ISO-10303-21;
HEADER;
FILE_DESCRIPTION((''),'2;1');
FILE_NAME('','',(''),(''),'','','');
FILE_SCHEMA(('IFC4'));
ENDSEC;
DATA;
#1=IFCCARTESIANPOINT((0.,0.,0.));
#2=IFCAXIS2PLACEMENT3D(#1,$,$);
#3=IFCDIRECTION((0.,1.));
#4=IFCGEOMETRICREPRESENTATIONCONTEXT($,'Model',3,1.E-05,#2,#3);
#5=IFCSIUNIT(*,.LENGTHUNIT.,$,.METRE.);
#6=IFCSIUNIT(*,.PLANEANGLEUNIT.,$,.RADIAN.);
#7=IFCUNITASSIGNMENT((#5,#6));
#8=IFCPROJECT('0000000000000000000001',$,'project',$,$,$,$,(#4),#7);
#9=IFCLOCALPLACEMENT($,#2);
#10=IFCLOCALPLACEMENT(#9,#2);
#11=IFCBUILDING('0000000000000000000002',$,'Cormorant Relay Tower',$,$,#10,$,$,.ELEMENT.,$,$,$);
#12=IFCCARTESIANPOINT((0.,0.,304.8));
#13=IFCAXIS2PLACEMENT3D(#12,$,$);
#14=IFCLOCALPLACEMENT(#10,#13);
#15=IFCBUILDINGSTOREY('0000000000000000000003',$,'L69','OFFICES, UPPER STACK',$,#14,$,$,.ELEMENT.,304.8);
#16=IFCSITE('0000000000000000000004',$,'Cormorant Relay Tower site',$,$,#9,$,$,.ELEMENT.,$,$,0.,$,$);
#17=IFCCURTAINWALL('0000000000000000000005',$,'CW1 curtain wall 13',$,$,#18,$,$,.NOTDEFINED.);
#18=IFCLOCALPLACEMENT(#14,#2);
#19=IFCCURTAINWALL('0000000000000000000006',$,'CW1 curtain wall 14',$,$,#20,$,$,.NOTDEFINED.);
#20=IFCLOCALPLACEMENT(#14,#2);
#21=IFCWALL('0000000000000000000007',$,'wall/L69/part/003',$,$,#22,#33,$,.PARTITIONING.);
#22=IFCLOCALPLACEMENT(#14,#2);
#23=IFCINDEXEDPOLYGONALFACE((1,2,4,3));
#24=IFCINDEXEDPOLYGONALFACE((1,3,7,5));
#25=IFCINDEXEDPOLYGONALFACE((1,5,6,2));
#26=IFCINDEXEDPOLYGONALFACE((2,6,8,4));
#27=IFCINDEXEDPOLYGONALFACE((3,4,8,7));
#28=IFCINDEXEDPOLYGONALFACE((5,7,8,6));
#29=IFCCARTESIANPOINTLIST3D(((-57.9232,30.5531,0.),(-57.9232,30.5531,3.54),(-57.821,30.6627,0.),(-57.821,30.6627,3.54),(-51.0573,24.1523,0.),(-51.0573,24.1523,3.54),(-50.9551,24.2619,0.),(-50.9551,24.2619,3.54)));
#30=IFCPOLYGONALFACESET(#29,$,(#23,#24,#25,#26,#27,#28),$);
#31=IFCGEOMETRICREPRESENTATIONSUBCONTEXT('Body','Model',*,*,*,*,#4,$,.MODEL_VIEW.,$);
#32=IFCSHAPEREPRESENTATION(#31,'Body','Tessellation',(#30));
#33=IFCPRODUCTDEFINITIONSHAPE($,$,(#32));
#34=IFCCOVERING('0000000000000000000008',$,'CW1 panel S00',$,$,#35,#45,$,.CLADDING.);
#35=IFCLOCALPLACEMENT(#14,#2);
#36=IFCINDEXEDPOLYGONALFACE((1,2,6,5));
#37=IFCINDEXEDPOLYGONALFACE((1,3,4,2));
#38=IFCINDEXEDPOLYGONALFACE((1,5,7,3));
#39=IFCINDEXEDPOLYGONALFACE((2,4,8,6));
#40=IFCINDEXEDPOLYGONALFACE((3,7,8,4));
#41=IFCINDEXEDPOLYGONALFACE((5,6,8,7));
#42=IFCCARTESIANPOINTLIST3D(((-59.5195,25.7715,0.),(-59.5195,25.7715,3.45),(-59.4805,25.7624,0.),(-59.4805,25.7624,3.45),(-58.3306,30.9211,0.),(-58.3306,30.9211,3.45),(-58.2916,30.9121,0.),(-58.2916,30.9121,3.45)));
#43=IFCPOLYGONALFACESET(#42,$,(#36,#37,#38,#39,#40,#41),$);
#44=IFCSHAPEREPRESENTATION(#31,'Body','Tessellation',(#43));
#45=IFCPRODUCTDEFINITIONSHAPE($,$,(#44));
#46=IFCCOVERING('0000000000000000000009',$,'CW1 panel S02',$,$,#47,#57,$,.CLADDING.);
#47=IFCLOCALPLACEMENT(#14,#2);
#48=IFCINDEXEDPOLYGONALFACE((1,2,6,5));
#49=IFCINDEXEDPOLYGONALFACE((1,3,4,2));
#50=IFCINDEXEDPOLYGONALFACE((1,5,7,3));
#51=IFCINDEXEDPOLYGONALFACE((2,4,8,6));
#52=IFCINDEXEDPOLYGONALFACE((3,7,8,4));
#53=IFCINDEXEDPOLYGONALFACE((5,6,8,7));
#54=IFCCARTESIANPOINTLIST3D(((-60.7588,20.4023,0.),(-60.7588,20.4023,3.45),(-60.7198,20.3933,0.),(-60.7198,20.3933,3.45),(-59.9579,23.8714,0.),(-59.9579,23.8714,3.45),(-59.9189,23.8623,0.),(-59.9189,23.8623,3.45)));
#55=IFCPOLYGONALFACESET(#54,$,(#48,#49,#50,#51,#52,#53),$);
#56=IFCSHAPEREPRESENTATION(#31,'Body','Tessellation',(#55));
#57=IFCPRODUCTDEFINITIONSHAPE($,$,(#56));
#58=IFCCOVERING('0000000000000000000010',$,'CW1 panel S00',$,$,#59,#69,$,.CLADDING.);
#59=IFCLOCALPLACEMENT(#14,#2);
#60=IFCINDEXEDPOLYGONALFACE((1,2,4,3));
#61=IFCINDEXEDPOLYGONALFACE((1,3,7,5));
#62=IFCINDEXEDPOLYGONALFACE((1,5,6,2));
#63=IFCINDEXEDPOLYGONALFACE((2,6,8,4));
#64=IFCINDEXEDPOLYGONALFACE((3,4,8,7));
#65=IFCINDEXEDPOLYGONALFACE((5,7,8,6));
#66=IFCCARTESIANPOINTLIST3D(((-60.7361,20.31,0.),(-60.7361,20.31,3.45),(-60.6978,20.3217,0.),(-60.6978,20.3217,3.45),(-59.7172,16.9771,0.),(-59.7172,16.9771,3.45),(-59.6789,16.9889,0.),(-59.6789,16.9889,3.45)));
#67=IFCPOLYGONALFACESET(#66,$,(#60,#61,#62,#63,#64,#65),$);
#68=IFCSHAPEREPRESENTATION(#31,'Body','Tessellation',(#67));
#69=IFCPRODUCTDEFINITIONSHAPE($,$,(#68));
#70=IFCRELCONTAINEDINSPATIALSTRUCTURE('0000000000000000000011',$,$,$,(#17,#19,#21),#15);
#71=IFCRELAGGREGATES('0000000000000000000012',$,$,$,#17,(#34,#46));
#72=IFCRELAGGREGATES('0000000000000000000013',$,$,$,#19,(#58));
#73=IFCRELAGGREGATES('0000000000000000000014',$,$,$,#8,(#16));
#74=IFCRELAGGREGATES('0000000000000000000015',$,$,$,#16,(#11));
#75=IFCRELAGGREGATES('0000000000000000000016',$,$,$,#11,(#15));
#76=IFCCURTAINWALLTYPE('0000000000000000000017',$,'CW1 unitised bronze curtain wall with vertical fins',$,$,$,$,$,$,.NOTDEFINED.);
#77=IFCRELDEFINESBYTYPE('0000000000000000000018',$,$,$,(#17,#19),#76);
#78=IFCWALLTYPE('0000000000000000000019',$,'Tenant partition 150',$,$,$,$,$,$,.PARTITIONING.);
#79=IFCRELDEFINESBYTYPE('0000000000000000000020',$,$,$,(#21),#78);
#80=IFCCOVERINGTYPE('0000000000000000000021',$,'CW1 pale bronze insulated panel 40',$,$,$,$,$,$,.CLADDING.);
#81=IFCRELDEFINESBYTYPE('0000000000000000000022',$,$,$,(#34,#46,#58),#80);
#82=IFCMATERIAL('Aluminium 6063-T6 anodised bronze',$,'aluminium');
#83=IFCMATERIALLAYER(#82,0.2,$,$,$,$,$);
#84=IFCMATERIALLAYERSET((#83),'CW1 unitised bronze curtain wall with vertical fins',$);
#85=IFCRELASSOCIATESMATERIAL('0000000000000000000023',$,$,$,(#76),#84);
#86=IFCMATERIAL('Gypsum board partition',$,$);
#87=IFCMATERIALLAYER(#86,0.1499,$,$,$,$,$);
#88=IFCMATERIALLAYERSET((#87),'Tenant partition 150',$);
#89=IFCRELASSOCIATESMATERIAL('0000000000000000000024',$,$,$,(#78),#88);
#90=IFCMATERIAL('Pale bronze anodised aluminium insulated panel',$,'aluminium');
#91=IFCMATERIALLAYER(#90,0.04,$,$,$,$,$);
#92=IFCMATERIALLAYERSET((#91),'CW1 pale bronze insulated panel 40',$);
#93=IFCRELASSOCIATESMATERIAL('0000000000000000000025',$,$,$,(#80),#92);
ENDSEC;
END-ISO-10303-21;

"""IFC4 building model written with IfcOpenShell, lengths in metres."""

from ifc_helpers import new_model, si_unit, direction, frame, frame_2d, origin, origin_2d, place, context, subcontext, project, spatial, rectangle, extrude, material, layer, layer_set, type_object, element, aggregate, save


model = new_model("IFC4")

# Units and contexts
model_context = context("Model", 3, precision=1e-05, world=origin(), true_north=direction((0.0, 1.0)))
body_context = subcontext(model_context, "Body", "Model", "MODEL_VIEW")
ifc_project = project(units=[si_unit("LENGTHUNIT", "METRE"), si_unit("PLANEANGLEUNIT", "RADIAN")], contexts=[model_context])

# Site, building, storey
site_placement = place(None, origin())
site = spatial("IfcSite", under=ifc_project, at=site_placement, Name="Cormorant Relay Tower site", CompositionType="ELEMENT", RefElevation=0.0)
building_placement = place(site_placement, origin())
building = spatial("IfcBuilding", under=site, at=building_placement, Name="Cormorant Relay Tower", CompositionType="ELEMENT")
storey_placement = place(building_placement, frame((0.0, 0.0, 304.8)))
storey = spatial("IfcBuildingStorey", under=building, at=storey_placement, Name="L69", Description="OFFICES, UPPER STACK", CompositionType="ELEMENT", Elevation=304.8)

# Curtain wall
ifc_material_1 = material(Name="Aluminium 6063-T6 anodised bronze", Category="aluminium")
ifc_layer_1 = layer(ifc_material_1, 0.2)
ifc_layer_set_1 = layer_set([ifc_layer_1], Name="CW1 unitised bronze curtain wall with vertical fins")
curtain_wall_type = type_object("IfcCurtainWallType", Name="CW1 unitised bronze curtain wall with vertical fins", PredefinedType="NOTDEFINED", material=ifc_layer_set_1)
curtain_wall_1_placement = place(storey_placement, origin())
curtain_wall_1 = element("IfcCurtainWall", 1, at=curtain_wall_1_placement, inside=storey, type_object=curtain_wall_type, Name="CW1 curtain wall 13", PredefinedType="NOTDEFINED")

# Curtain wall
curtain_wall_2_placement = place(storey_placement, origin())
curtain_wall_2 = element("IfcCurtainWall", 2, at=curtain_wall_2_placement, inside=storey, type_object=curtain_wall_type, Name="CW1 curtain wall 14", PredefinedType="NOTDEFINED")

# Wall
ifc_material_2 = material(Name="Gypsum board partition")
ifc_layer_2 = layer(ifc_material_2, 0.1499)
ifc_layer_set_2 = layer_set([ifc_layer_2], Name="Tenant partition 150")
wall_type_1 = type_object("IfcWallType", Name="Tenant partition 150", PredefinedType="PARTITIONING", material=ifc_layer_set_2)
wall_1_placement = place(storey_placement, frame((-57.8721, 30.6079, 0.0), z_axis=(0.0, 0.0, 1.0), x_axis=(0.731446, -0.681899, 0.0)))
element("IfcWall", 3, at=wall_1_placement, inside=storey, type_object=wall_type_1, Name="wall/L69/part/003", PredefinedType="PARTITIONING", context=body_context, shape_type="SweptSolid", body=[
    extrude(rectangle(XDim=9.3867, YDim=0.1499, at=frame_2d((4.6934, 0.0))), origin(), (0.0, 0.0, 1.0), 3.54),
])

# Coverings
ifc_material_3 = material(Name="Pale bronze anodised aluminium insulated panel", Category="aluminium")
ifc_layer_3 = layer(ifc_material_3, 0.04)
ifc_layer_set_3 = layer_set([ifc_layer_3], Name="CW1 pale bronze insulated panel 40")
covering_type = type_object("IfcCoveringType", Name="CW1 pale bronze insulated panel 40", PredefinedType="CLADDING", material=ifc_layer_set_3)
covering_1_placement = place(storey_placement, frame((-58.9055, 28.3418, 0.0), z_axis=(0.0, 0.0, 1.0), x_axis=(-0.224951, -0.97437, 0.0)))
covering_1 = element("IfcCovering", 4, at=covering_1_placement, type_object=covering_type, Name="CW1 panel S00", PredefinedType="CLADDING", context=body_context, shape_type="SweptSolid", body=[
    extrude(rectangle(XDim=5.2852, YDim=0.04, at=origin_2d()), origin(), (0.0, 0.0, 1.0), 3.45),
])
covering_2_placement = place(storey_placement, frame((-60.3389, 22.1323, 0.0), z_axis=(0.0, 0.0, 1.0), x_axis=(-0.224951, -0.97437, 0.0)))
covering_2 = element("IfcCovering", 5, at=covering_2_placement, type_object=covering_type, Name="CW1 panel S02", PredefinedType="CLADDING", context=body_context, shape_type="SweptSolid", body=[
    extrude(rectangle(XDim=3.5603, YDim=0.04, at=origin_2d()), origin(), (0.0, 0.0, 1.0), 3.45),
])
aggregate(curtain_wall_1, [covering_1, covering_2])
covering_3_placement = place(storey_placement, frame((-60.2075, 18.6494, 0.0), z_axis=(0.0, 0.0, 1.0), x_axis=(0.292372, -0.956305, 0.0)))
covering_3 = element("IfcCovering", 6, at=covering_3_placement, type_object=covering_type, Name="CW1 panel S00", PredefinedType="CLADDING", context=body_context, shape_type="SweptSolid", body=[
    extrude(rectangle(XDim=3.4851, YDim=0.04, at=origin_2d()), origin(), (0.0, 0.0, 1.0), 3.45),
])
aggregate(curtain_wall_2, [covering_3])

save(model, "model.ifc")
